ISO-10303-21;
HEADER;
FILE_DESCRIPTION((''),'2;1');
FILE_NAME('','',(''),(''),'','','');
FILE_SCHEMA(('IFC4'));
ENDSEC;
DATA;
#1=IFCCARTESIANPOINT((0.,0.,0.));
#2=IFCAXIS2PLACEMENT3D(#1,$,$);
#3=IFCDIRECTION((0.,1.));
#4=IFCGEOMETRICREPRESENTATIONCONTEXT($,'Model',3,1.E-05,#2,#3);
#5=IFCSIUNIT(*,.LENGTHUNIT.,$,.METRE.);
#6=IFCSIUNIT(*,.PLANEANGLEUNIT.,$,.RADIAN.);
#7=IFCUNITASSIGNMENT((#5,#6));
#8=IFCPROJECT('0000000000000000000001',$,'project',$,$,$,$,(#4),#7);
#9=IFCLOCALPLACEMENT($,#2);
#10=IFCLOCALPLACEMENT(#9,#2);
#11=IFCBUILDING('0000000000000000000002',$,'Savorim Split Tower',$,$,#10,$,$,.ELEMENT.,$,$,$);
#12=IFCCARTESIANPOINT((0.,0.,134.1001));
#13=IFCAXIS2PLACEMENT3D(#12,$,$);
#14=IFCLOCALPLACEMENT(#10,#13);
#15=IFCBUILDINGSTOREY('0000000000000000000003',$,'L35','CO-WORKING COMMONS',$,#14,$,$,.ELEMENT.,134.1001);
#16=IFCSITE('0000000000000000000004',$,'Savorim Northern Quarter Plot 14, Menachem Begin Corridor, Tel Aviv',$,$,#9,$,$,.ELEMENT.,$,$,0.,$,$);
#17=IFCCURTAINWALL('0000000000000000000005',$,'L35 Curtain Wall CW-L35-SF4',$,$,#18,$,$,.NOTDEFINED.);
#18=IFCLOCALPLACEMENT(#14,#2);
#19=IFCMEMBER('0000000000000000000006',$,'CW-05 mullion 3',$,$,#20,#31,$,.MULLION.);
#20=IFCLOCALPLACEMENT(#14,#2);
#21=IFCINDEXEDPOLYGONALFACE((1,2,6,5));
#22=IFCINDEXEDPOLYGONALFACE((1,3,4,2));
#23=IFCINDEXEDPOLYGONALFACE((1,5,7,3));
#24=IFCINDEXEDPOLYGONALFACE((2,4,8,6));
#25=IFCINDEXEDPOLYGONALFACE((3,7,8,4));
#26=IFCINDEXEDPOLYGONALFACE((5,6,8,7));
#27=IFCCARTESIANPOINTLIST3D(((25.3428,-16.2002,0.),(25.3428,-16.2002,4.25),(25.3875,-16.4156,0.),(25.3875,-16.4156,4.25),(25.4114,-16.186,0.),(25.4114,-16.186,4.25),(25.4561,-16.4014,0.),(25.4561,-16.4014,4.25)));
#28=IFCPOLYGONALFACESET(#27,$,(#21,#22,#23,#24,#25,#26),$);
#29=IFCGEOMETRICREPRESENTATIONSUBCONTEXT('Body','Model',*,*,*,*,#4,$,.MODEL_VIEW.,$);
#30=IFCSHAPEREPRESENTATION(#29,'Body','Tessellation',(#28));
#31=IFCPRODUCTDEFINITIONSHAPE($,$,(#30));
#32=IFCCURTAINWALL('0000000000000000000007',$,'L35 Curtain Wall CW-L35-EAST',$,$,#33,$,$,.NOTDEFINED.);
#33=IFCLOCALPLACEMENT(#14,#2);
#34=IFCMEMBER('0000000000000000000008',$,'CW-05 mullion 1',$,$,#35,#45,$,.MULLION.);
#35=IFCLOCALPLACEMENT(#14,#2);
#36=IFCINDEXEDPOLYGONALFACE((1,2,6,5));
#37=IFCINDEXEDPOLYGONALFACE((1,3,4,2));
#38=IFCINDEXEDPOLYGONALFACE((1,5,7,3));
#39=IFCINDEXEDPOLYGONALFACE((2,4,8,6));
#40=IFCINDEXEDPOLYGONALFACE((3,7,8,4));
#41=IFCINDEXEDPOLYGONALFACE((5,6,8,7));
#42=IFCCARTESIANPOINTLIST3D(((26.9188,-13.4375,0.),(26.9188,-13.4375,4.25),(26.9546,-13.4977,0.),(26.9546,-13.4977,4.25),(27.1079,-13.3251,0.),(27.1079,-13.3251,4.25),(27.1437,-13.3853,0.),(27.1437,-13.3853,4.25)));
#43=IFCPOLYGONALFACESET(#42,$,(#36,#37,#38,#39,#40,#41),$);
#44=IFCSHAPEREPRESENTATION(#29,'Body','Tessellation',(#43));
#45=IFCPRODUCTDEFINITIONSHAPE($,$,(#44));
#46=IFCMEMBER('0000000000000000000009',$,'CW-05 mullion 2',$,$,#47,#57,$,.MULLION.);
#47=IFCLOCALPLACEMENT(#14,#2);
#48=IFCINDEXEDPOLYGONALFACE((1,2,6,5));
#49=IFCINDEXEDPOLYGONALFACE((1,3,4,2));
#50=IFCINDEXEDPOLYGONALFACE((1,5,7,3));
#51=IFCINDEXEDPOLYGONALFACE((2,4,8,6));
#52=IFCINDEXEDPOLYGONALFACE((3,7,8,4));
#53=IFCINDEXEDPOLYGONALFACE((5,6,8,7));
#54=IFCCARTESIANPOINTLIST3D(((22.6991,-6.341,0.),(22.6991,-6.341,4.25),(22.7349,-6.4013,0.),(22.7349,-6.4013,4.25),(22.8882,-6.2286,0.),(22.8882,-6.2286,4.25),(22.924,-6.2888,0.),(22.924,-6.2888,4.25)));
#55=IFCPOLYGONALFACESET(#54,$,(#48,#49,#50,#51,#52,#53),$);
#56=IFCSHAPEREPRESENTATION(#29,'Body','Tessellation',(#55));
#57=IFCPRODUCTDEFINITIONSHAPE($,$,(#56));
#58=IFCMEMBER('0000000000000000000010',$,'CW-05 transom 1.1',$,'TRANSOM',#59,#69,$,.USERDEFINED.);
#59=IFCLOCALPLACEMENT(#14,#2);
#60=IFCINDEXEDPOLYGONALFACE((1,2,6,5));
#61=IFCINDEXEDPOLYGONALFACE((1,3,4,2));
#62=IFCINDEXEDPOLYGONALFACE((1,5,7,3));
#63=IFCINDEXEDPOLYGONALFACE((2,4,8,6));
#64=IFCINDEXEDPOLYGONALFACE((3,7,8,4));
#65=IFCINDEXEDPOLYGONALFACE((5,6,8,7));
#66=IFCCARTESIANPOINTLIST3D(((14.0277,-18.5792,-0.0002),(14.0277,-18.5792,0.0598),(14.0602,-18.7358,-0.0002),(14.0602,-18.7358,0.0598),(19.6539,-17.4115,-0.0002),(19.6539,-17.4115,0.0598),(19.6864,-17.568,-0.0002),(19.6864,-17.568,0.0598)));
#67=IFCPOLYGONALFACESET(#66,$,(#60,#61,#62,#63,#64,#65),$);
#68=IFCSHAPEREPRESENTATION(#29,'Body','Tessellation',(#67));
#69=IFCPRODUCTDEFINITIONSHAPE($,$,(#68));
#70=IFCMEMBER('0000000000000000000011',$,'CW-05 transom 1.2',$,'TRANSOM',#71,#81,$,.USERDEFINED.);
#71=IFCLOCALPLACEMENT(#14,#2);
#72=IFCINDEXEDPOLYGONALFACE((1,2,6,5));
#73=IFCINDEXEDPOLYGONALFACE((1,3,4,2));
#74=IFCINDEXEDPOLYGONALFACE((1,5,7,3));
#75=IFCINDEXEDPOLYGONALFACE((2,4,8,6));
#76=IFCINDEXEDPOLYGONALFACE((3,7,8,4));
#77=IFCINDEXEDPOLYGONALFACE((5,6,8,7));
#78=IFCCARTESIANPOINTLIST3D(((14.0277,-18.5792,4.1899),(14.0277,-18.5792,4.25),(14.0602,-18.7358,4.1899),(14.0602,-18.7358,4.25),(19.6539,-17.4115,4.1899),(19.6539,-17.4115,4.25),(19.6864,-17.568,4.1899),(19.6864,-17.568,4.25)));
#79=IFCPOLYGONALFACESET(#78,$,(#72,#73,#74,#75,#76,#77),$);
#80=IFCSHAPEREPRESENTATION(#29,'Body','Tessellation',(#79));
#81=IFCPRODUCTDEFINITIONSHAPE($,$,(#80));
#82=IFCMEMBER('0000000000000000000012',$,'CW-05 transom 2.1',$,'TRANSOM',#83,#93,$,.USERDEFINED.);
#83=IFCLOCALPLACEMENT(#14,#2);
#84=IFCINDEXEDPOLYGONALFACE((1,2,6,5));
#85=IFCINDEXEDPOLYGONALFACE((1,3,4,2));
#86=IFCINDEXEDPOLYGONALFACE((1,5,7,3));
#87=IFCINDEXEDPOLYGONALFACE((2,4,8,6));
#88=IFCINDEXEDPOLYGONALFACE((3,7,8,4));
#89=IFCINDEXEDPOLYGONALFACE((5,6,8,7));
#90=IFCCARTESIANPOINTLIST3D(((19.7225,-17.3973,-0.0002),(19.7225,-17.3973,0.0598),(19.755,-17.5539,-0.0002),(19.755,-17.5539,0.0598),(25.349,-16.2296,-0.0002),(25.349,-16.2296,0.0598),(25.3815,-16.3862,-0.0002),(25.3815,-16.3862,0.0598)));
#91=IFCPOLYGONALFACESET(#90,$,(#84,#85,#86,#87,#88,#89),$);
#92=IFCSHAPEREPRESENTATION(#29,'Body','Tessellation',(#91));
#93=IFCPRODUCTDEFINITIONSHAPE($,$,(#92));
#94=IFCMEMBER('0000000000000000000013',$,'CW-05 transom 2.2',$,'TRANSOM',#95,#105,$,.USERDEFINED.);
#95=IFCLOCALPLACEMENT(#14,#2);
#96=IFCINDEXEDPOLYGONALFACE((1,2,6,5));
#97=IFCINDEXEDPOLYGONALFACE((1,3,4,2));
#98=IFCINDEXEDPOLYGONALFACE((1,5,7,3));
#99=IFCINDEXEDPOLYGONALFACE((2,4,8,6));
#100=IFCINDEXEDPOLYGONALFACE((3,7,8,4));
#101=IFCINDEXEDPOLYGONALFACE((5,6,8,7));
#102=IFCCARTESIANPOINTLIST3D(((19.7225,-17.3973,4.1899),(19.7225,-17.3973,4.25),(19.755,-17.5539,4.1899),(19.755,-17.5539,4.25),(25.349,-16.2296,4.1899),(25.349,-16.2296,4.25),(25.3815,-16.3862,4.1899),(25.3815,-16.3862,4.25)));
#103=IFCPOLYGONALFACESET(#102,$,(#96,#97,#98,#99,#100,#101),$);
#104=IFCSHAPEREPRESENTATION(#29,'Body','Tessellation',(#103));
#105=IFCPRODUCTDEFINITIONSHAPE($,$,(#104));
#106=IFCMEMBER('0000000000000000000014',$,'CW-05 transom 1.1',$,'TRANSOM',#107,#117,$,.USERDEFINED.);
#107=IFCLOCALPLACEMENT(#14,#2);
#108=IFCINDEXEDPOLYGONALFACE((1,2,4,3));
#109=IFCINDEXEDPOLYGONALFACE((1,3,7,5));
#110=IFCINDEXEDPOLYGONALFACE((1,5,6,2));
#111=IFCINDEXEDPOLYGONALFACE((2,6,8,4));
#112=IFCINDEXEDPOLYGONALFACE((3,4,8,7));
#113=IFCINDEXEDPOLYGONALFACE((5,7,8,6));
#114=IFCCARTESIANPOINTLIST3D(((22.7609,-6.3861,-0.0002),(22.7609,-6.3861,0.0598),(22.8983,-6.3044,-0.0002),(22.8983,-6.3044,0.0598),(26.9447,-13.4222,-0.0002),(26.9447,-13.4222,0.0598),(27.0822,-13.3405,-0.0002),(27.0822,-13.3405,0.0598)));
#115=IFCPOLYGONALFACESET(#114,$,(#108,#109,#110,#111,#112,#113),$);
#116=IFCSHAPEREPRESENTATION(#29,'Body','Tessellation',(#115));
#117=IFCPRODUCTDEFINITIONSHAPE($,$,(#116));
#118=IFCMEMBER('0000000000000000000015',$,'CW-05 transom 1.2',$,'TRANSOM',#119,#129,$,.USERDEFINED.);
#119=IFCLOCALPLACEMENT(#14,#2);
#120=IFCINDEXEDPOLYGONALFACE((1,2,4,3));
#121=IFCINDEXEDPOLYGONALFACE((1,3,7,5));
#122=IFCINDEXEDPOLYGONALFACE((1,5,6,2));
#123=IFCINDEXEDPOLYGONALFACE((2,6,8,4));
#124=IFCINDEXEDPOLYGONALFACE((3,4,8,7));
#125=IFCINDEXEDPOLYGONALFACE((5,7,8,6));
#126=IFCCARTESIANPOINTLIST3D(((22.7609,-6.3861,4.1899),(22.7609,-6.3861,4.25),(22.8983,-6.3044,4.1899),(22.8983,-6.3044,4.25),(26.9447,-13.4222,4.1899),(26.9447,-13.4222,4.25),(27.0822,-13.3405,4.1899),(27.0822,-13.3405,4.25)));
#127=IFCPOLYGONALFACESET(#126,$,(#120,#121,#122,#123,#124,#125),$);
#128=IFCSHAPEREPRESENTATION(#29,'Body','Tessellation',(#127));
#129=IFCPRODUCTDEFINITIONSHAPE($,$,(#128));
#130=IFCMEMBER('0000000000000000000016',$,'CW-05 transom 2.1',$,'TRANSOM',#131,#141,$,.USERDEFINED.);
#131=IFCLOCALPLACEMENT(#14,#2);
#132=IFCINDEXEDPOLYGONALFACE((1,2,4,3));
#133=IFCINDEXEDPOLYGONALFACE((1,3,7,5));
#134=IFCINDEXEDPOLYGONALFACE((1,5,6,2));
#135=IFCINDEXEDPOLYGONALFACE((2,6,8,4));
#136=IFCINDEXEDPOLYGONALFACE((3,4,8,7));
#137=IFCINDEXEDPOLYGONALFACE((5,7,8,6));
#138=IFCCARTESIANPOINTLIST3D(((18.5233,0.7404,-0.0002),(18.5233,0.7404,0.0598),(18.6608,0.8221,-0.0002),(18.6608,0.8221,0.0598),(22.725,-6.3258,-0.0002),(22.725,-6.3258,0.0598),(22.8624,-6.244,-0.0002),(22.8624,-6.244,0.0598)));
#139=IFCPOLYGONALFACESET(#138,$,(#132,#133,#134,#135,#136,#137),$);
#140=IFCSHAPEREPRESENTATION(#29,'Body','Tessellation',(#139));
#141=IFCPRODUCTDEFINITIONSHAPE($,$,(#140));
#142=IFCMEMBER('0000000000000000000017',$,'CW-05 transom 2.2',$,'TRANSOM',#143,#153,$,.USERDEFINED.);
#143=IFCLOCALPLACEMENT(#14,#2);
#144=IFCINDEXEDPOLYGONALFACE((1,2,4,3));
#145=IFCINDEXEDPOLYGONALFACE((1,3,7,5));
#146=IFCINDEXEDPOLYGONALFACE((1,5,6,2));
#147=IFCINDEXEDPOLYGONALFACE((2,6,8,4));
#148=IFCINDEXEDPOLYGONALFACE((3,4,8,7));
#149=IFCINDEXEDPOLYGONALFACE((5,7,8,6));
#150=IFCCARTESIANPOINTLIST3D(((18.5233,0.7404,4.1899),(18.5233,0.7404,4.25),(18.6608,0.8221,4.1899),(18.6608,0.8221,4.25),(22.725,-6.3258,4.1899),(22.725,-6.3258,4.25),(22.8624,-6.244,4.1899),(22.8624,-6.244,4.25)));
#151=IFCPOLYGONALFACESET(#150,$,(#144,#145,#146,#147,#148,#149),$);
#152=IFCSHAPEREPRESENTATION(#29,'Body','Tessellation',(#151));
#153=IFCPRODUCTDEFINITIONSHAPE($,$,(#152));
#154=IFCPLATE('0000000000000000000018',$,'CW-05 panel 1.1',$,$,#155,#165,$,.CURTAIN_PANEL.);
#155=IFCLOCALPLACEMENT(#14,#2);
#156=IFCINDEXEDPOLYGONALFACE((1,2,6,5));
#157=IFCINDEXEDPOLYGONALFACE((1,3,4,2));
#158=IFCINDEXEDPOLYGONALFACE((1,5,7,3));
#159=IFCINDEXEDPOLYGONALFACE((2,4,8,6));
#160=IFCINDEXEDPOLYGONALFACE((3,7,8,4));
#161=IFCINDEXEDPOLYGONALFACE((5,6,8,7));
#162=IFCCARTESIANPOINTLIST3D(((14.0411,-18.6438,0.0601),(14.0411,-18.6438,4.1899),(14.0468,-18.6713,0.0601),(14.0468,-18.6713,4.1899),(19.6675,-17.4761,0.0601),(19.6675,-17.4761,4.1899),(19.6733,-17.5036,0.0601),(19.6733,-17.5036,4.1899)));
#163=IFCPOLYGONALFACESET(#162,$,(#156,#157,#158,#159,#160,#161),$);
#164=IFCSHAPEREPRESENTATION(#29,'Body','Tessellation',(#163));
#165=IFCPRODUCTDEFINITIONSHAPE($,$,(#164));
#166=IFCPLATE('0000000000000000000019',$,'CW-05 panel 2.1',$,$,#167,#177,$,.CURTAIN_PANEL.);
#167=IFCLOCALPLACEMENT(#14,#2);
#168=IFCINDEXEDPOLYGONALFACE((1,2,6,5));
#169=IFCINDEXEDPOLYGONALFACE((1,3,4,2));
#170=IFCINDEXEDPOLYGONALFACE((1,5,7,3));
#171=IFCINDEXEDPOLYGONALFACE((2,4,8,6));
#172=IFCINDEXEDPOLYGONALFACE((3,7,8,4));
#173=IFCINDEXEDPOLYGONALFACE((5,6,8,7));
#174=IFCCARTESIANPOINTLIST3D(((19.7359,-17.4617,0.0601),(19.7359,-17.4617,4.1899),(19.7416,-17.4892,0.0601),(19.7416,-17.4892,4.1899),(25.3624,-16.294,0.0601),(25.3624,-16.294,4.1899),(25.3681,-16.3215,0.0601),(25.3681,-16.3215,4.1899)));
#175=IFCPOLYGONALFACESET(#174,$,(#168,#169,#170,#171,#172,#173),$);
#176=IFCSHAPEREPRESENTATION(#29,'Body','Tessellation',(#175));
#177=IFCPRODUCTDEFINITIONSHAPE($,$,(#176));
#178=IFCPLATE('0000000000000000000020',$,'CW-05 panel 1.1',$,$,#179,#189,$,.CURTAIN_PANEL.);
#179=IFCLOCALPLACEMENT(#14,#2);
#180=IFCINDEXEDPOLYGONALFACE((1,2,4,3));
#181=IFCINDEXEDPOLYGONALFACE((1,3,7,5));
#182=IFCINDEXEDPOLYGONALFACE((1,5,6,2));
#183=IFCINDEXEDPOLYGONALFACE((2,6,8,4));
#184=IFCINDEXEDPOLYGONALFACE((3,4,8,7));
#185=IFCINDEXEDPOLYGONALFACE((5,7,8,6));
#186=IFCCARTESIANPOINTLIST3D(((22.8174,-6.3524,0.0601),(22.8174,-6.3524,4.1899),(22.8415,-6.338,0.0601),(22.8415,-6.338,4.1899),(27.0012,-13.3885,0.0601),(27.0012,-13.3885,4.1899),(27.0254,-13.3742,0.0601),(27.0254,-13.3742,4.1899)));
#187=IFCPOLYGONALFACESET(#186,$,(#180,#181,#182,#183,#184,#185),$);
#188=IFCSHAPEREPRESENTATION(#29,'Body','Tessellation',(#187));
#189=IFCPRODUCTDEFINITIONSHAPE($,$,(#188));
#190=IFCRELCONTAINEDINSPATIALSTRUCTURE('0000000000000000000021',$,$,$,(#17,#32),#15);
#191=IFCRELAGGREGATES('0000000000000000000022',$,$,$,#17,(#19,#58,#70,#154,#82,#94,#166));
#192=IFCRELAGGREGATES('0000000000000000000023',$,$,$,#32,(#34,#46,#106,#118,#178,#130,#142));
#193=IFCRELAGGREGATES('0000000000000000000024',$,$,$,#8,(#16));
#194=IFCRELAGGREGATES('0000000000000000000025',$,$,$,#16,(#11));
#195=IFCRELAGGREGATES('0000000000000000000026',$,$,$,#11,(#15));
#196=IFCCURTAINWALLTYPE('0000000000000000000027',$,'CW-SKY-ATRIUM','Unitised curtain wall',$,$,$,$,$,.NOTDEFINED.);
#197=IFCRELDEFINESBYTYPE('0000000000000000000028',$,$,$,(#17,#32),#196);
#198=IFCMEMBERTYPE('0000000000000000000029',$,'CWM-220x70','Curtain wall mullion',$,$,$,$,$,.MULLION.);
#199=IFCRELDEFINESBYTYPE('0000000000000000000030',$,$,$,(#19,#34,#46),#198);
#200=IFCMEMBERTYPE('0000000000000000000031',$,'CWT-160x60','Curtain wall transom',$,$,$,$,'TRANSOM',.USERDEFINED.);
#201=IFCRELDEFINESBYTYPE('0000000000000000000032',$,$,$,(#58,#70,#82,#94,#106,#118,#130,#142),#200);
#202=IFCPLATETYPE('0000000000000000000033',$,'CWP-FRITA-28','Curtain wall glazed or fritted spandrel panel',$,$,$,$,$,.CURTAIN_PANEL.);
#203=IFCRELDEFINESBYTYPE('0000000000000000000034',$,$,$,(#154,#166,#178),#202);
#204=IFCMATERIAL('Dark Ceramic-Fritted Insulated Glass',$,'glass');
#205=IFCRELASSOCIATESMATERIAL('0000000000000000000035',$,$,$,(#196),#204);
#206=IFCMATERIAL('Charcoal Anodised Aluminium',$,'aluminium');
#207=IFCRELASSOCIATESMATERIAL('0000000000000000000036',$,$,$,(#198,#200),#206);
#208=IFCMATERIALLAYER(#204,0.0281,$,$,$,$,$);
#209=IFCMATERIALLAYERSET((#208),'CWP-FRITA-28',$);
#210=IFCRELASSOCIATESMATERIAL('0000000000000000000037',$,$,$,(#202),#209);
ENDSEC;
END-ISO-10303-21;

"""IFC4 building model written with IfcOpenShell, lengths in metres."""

from ifc_helpers import new_model, si_unit, direction, frame, origin, origin_2d, place, context, subcontext, project, spatial, rectangle, extrude, material, layer, layer_set, material_profile, profile_set, type_object, element, aggregate, save


model = new_model("IFC4")

# Units and contexts
model_context = context("Model", 3, precision=1e-05, world=origin(), true_north=direction((0.0, 1.0)))
body_context = subcontext(model_context, "Body", "Model", "MODEL_VIEW")
ifc_project = project(units=[si_unit("LENGTHUNIT", "METRE"), si_unit("PLANEANGLEUNIT", "RADIAN")], contexts=[model_context])

# Site, building, storey
site_placement = place(None, origin())
site = spatial("IfcSite", under=ifc_project, at=site_placement, Name="Savorim Northern Quarter Plot 14, Menachem Begin Corridor, Tel Aviv", CompositionType="ELEMENT", RefElevation=0.0)
building_placement = place(site_placement, origin())
building = spatial("IfcBuilding", under=site, at=building_placement, Name="Savorim Split Tower", CompositionType="ELEMENT")
storey_placement = place(building_placement, frame((0.0, 0.0, 134.1001)))
storey = spatial("IfcBuildingStorey", under=building, at=storey_placement, Name="L35", Description="CO-WORKING COMMONS", CompositionType="ELEMENT", Elevation=134.1001)

# Shared definitions
ifc_material_1 = material(Name="Dark Ceramic-Fritted Insulated Glass", Category="glass")
curtain_wall_type = type_object("IfcCurtainWallType", Name="CW-SKY-ATRIUM", Description="Unitised curtain wall", PredefinedType="NOTDEFINED", material=ifc_material_1)
ifc_material_2 = material(Name="Charcoal Anodised Aluminium", Category="aluminium")
ifc_material_profile_1 = material_profile(ifc_material_2, rectangle(XDim=0.22, YDim=0.0701, at=origin_2d()), Name="ALU-M 220x70")
ifc_profile_set_1 = profile_set([ifc_material_profile_1], Name="Charcoal Anodised Aluminium")
member_type_1 = type_object("IfcMemberType", Name="CWM-220x70", Description="Curtain wall mullion", PredefinedType="MULLION", material=ifc_profile_set_1)

# Curtain walls, members
curtain_wall_1_placement = place(storey_placement, origin())
curtain_wall_1 = element("IfcCurtainWall", 1, at=curtain_wall_1_placement, inside=storey, type_object=curtain_wall_type, Name="L35 Curtain Wall CW-L35-SF4", PredefinedType="NOTDEFINED")
member_1_placement = place(storey_placement, frame((25.3994, -16.3008, 0.0), z_axis=(0.0, 0.0, 1.0), x_axis=(-0.20321, 0.979135, 0.0)))
member_1 = element("IfcMember", 2, at=member_1_placement, type_object=member_type_1, Name="CW-05 mullion 3", PredefinedType="MULLION", context=body_context, shape_type="SweptSolid", body=[
    extrude(rectangle(XDim=0.22, YDim=0.0701, at=origin_2d()), origin(), (0.0, 0.0, 1.0), 4.25),
])
curtain_wall_2_placement = place(storey_placement, origin())
curtain_wall_2 = element("IfcCurtainWall", 3, at=curtain_wall_2_placement, inside=storey, type_object=curtain_wall_type, Name="L35 Curtain Wall CW-L35-EAST", PredefinedType="NOTDEFINED")
member_2_placement = place(storey_placement, frame((27.0312, -13.4114, 0.0), z_axis=(0.0, 0.0, 1.0), x_axis=(-0.859527, -0.511091, 0.0)))
member_2 = element("IfcMember", 4, at=member_2_placement, type_object=member_type_1, Name="CW-05 mullion 1", PredefinedType="MULLION", context=body_context, shape_type="SweptSolid", body=[
    extrude(rectangle(XDim=0.22, YDim=0.0701, at=origin_2d()), origin(), (0.0, 0.0, 1.0), 4.25),
])
member_3_placement = place(storey_placement, frame((22.8115, -6.3149, 0.0), z_axis=(0.0, 0.0, 1.0), x_axis=(-0.859527, -0.511091, 0.0)))
member_3 = element("IfcMember", 5, at=member_3_placement, type_object=member_type_1, Name="CW-05 mullion 2", PredefinedType="MULLION", context=body_context, shape_type="SweptSolid", body=[
    extrude(rectangle(XDim=0.22, YDim=0.0701, at=origin_2d()), origin(), (0.0, 0.0, 1.0), 4.25),
])

# Members
ifc_material_profile_2 = material_profile(ifc_material_2, rectangle(XDim=0.1599, YDim=0.0601, at=origin_2d()), Name="ALU-T 160x60")
ifc_profile_set_2 = profile_set([ifc_material_profile_2], Name="Charcoal Anodised Aluminium")
member_type_2 = type_object("IfcMemberType", Name="CWT-160x60", Description="Curtain wall transom", ElementType="TRANSOM", PredefinedType="USERDEFINED", material=ifc_profile_set_2)
member_4_placement = place(storey_placement, frame((14.0439, -18.6575, 0.0298), z_axis=(0.979133, 0.20322, 0.0), x_axis=(-0.20322, 0.979133, 0.0)))
member_4 = element("IfcMember", 6, at=member_4_placement, type_object=member_type_2, Name="CW-05 transom 1.1", ObjectType="TRANSOM", PredefinedType="USERDEFINED", context=body_context, shape_type="SweptSolid", body=[
    extrude(rectangle(XDim=0.1599, YDim=0.0601, at=origin_2d()), origin(), (0.0, 0.0, 1.0), 5.7461),
])
member_5_placement = place(storey_placement, frame((14.0439, -18.6575, 4.22), z_axis=(0.979133, 0.20322, 0.0), x_axis=(-0.20322, 0.979133, 0.0)))
member_5 = element("IfcMember", 7, at=member_5_placement, type_object=member_type_2, Name="CW-05 transom 1.2", ObjectType="TRANSOM", PredefinedType="USERDEFINED", context=body_context, shape_type="SweptSolid", body=[
    extrude(rectangle(XDim=0.1599, YDim=0.0601, at=origin_2d()), origin(), (0.0, 0.0, 1.0), 5.7461),
])
member_6_placement = place(storey_placement, frame((19.7388, -17.4756, 0.0298), z_axis=(0.979135, 0.203211, 0.0), x_axis=(-0.203211, 0.979135, 0.0)))
member_6 = element("IfcMember", 8, at=member_6_placement, type_object=member_type_2, Name="CW-05 transom 2.1", ObjectType="TRANSOM", PredefinedType="USERDEFINED", context=body_context, shape_type="SweptSolid", body=[
    extrude(rectangle(XDim=0.1599, YDim=0.0601, at=origin_2d()), origin(), (0.0, 0.0, 1.0), 5.7463),
])
member_7_placement = place(storey_placement, frame((19.7388, -17.4756, 4.22), z_axis=(0.979135, 0.203211, 0.0), x_axis=(-0.203211, 0.979135, 0.0)))
member_7 = element("IfcMember", 9, at=member_7_placement, type_object=member_type_2, Name="CW-05 transom 2.2", ObjectType="TRANSOM", PredefinedType="USERDEFINED", context=body_context, shape_type="SweptSolid", body=[
    extrude(rectangle(XDim=0.1599, YDim=0.0601, at=origin_2d()), origin(), (0.0, 0.0, 1.0), 5.7463),
])
member_8_placement = place(storey_placement, frame((27.0134, -13.3813, 0.0298), z_axis=(-0.511093, 0.859526, 0.0), x_axis=(-0.859526, -0.511093, 0.0)))
member_8 = element("IfcMember", 10, at=member_8_placement, type_object=member_type_2, Name="CW-05 transom 1.1", ObjectType="TRANSOM", PredefinedType="USERDEFINED", context=body_context, shape_type="SweptSolid", body=[
    extrude(rectangle(XDim=0.1599, YDim=0.0601, at=origin_2d()), origin(), (0.0, 0.0, 1.0), 8.186),
])
member_9_placement = place(storey_placement, frame((27.0134, -13.3813, 4.22), z_axis=(-0.511093, 0.859526, 0.0), x_axis=(-0.859526, -0.511093, 0.0)))
member_9 = element("IfcMember", 11, at=member_9_placement, type_object=member_type_2, Name="CW-05 transom 1.2", ObjectType="TRANSOM", PredefinedType="USERDEFINED", context=body_context, shape_type="SweptSolid", body=[
    extrude(rectangle(XDim=0.1599, YDim=0.0601, at=origin_2d()), origin(), (0.0, 0.0, 1.0), 8.186),
])
member_10_placement = place(storey_placement, frame((22.7937, -6.2849, 0.0298), z_axis=(-0.51109, 0.859527, 0.0), x_axis=(-0.859527, -0.51109, 0.0)))
member_10 = element("IfcMember", 12, at=member_10_placement, type_object=member_type_2, Name="CW-05 transom 2.1", ObjectType="TRANSOM", PredefinedType="USERDEFINED", context=body_context, shape_type="SweptSolid", body=[
    extrude(rectangle(XDim=0.1599, YDim=0.0601, at=origin_2d()), origin(), (0.0, 0.0, 1.0), 8.2209),
])
member_11_placement = place(storey_placement, frame((22.7937, -6.2849, 4.22), z_axis=(-0.51109, 0.859527, 0.0), x_axis=(-0.859527, -0.51109, 0.0)))
member_11 = element("IfcMember", 13, at=member_11_placement, type_object=member_type_2, Name="CW-05 transom 2.2", ObjectType="TRANSOM", PredefinedType="USERDEFINED", context=body_context, shape_type="SweptSolid", body=[
    extrude(rectangle(XDim=0.1599, YDim=0.0601, at=origin_2d()), origin(), (0.0, 0.0, 1.0), 8.2209),
])

# Plates
ifc_layer_1 = layer(ifc_material_1, 0.0281)
ifc_layer_set_1 = layer_set([ifc_layer_1], Name="CWP-FRITA-28")
plate_type = type_object("IfcPlateType", Name="CWP-FRITA-28", Description="Curtain wall glazed or fritted spandrel panel", PredefinedType="CURTAIN_PANEL", material=ifc_layer_set_1)
plate_1_placement = place(storey_placement, frame((16.8572, -18.0737, 0.0601), z_axis=(0.0, 0.0, 1.0), x_axis=(0.979135, 0.20321, 0.0)))
plate_1 = element("IfcPlate", 14, at=plate_1_placement, type_object=plate_type, Name="CW-05 panel 1.1", PredefinedType="CURTAIN_PANEL", context=body_context, shape_type="SweptSolid", body=[
    extrude(rectangle(XDim=5.7463, YDim=0.0281, at=origin_2d()), origin(), (0.0, 0.0, 1.0), 4.1299),
])
plate_2_placement = place(storey_placement, frame((22.552, -16.8916, 0.0601), z_axis=(0.0, 0.0, 1.0), x_axis=(0.979135, 0.20321, 0.0)))
plate_2 = element("IfcPlate", 15, at=plate_2_placement, type_object=plate_type, Name="CW-05 panel 2.1", PredefinedType="CURTAIN_PANEL", context=body_context, shape_type="SweptSolid", body=[
    extrude(rectangle(XDim=5.7463, YDim=0.0281, at=origin_2d()), origin(), (0.0, 0.0, 1.0), 4.1299),
])
aggregate(curtain_wall_1, [member_1, member_4, member_5, plate_1, member_6, member_7, plate_2])
plate_3_placement = place(storey_placement, frame((24.9214, -9.8633, 0.0601), z_axis=(0.0, 0.0, 1.0), x_axis=(-0.511091, 0.859527, 0.0)))
plate_3 = element("IfcPlate", 16, at=plate_3_placement, type_object=plate_type, Name="CW-05 panel 1.1", PredefinedType="CURTAIN_PANEL", context=body_context, shape_type="SweptSolid", body=[
    extrude(rectangle(XDim=8.186, YDim=0.0281, at=origin_2d()), origin(), (0.0, 0.0, 1.0), 4.1299),
])
aggregate(curtain_wall_2, [member_2, member_3, member_8, member_9, plate_3, member_10, member_11])

save(model, "model.ifc")
